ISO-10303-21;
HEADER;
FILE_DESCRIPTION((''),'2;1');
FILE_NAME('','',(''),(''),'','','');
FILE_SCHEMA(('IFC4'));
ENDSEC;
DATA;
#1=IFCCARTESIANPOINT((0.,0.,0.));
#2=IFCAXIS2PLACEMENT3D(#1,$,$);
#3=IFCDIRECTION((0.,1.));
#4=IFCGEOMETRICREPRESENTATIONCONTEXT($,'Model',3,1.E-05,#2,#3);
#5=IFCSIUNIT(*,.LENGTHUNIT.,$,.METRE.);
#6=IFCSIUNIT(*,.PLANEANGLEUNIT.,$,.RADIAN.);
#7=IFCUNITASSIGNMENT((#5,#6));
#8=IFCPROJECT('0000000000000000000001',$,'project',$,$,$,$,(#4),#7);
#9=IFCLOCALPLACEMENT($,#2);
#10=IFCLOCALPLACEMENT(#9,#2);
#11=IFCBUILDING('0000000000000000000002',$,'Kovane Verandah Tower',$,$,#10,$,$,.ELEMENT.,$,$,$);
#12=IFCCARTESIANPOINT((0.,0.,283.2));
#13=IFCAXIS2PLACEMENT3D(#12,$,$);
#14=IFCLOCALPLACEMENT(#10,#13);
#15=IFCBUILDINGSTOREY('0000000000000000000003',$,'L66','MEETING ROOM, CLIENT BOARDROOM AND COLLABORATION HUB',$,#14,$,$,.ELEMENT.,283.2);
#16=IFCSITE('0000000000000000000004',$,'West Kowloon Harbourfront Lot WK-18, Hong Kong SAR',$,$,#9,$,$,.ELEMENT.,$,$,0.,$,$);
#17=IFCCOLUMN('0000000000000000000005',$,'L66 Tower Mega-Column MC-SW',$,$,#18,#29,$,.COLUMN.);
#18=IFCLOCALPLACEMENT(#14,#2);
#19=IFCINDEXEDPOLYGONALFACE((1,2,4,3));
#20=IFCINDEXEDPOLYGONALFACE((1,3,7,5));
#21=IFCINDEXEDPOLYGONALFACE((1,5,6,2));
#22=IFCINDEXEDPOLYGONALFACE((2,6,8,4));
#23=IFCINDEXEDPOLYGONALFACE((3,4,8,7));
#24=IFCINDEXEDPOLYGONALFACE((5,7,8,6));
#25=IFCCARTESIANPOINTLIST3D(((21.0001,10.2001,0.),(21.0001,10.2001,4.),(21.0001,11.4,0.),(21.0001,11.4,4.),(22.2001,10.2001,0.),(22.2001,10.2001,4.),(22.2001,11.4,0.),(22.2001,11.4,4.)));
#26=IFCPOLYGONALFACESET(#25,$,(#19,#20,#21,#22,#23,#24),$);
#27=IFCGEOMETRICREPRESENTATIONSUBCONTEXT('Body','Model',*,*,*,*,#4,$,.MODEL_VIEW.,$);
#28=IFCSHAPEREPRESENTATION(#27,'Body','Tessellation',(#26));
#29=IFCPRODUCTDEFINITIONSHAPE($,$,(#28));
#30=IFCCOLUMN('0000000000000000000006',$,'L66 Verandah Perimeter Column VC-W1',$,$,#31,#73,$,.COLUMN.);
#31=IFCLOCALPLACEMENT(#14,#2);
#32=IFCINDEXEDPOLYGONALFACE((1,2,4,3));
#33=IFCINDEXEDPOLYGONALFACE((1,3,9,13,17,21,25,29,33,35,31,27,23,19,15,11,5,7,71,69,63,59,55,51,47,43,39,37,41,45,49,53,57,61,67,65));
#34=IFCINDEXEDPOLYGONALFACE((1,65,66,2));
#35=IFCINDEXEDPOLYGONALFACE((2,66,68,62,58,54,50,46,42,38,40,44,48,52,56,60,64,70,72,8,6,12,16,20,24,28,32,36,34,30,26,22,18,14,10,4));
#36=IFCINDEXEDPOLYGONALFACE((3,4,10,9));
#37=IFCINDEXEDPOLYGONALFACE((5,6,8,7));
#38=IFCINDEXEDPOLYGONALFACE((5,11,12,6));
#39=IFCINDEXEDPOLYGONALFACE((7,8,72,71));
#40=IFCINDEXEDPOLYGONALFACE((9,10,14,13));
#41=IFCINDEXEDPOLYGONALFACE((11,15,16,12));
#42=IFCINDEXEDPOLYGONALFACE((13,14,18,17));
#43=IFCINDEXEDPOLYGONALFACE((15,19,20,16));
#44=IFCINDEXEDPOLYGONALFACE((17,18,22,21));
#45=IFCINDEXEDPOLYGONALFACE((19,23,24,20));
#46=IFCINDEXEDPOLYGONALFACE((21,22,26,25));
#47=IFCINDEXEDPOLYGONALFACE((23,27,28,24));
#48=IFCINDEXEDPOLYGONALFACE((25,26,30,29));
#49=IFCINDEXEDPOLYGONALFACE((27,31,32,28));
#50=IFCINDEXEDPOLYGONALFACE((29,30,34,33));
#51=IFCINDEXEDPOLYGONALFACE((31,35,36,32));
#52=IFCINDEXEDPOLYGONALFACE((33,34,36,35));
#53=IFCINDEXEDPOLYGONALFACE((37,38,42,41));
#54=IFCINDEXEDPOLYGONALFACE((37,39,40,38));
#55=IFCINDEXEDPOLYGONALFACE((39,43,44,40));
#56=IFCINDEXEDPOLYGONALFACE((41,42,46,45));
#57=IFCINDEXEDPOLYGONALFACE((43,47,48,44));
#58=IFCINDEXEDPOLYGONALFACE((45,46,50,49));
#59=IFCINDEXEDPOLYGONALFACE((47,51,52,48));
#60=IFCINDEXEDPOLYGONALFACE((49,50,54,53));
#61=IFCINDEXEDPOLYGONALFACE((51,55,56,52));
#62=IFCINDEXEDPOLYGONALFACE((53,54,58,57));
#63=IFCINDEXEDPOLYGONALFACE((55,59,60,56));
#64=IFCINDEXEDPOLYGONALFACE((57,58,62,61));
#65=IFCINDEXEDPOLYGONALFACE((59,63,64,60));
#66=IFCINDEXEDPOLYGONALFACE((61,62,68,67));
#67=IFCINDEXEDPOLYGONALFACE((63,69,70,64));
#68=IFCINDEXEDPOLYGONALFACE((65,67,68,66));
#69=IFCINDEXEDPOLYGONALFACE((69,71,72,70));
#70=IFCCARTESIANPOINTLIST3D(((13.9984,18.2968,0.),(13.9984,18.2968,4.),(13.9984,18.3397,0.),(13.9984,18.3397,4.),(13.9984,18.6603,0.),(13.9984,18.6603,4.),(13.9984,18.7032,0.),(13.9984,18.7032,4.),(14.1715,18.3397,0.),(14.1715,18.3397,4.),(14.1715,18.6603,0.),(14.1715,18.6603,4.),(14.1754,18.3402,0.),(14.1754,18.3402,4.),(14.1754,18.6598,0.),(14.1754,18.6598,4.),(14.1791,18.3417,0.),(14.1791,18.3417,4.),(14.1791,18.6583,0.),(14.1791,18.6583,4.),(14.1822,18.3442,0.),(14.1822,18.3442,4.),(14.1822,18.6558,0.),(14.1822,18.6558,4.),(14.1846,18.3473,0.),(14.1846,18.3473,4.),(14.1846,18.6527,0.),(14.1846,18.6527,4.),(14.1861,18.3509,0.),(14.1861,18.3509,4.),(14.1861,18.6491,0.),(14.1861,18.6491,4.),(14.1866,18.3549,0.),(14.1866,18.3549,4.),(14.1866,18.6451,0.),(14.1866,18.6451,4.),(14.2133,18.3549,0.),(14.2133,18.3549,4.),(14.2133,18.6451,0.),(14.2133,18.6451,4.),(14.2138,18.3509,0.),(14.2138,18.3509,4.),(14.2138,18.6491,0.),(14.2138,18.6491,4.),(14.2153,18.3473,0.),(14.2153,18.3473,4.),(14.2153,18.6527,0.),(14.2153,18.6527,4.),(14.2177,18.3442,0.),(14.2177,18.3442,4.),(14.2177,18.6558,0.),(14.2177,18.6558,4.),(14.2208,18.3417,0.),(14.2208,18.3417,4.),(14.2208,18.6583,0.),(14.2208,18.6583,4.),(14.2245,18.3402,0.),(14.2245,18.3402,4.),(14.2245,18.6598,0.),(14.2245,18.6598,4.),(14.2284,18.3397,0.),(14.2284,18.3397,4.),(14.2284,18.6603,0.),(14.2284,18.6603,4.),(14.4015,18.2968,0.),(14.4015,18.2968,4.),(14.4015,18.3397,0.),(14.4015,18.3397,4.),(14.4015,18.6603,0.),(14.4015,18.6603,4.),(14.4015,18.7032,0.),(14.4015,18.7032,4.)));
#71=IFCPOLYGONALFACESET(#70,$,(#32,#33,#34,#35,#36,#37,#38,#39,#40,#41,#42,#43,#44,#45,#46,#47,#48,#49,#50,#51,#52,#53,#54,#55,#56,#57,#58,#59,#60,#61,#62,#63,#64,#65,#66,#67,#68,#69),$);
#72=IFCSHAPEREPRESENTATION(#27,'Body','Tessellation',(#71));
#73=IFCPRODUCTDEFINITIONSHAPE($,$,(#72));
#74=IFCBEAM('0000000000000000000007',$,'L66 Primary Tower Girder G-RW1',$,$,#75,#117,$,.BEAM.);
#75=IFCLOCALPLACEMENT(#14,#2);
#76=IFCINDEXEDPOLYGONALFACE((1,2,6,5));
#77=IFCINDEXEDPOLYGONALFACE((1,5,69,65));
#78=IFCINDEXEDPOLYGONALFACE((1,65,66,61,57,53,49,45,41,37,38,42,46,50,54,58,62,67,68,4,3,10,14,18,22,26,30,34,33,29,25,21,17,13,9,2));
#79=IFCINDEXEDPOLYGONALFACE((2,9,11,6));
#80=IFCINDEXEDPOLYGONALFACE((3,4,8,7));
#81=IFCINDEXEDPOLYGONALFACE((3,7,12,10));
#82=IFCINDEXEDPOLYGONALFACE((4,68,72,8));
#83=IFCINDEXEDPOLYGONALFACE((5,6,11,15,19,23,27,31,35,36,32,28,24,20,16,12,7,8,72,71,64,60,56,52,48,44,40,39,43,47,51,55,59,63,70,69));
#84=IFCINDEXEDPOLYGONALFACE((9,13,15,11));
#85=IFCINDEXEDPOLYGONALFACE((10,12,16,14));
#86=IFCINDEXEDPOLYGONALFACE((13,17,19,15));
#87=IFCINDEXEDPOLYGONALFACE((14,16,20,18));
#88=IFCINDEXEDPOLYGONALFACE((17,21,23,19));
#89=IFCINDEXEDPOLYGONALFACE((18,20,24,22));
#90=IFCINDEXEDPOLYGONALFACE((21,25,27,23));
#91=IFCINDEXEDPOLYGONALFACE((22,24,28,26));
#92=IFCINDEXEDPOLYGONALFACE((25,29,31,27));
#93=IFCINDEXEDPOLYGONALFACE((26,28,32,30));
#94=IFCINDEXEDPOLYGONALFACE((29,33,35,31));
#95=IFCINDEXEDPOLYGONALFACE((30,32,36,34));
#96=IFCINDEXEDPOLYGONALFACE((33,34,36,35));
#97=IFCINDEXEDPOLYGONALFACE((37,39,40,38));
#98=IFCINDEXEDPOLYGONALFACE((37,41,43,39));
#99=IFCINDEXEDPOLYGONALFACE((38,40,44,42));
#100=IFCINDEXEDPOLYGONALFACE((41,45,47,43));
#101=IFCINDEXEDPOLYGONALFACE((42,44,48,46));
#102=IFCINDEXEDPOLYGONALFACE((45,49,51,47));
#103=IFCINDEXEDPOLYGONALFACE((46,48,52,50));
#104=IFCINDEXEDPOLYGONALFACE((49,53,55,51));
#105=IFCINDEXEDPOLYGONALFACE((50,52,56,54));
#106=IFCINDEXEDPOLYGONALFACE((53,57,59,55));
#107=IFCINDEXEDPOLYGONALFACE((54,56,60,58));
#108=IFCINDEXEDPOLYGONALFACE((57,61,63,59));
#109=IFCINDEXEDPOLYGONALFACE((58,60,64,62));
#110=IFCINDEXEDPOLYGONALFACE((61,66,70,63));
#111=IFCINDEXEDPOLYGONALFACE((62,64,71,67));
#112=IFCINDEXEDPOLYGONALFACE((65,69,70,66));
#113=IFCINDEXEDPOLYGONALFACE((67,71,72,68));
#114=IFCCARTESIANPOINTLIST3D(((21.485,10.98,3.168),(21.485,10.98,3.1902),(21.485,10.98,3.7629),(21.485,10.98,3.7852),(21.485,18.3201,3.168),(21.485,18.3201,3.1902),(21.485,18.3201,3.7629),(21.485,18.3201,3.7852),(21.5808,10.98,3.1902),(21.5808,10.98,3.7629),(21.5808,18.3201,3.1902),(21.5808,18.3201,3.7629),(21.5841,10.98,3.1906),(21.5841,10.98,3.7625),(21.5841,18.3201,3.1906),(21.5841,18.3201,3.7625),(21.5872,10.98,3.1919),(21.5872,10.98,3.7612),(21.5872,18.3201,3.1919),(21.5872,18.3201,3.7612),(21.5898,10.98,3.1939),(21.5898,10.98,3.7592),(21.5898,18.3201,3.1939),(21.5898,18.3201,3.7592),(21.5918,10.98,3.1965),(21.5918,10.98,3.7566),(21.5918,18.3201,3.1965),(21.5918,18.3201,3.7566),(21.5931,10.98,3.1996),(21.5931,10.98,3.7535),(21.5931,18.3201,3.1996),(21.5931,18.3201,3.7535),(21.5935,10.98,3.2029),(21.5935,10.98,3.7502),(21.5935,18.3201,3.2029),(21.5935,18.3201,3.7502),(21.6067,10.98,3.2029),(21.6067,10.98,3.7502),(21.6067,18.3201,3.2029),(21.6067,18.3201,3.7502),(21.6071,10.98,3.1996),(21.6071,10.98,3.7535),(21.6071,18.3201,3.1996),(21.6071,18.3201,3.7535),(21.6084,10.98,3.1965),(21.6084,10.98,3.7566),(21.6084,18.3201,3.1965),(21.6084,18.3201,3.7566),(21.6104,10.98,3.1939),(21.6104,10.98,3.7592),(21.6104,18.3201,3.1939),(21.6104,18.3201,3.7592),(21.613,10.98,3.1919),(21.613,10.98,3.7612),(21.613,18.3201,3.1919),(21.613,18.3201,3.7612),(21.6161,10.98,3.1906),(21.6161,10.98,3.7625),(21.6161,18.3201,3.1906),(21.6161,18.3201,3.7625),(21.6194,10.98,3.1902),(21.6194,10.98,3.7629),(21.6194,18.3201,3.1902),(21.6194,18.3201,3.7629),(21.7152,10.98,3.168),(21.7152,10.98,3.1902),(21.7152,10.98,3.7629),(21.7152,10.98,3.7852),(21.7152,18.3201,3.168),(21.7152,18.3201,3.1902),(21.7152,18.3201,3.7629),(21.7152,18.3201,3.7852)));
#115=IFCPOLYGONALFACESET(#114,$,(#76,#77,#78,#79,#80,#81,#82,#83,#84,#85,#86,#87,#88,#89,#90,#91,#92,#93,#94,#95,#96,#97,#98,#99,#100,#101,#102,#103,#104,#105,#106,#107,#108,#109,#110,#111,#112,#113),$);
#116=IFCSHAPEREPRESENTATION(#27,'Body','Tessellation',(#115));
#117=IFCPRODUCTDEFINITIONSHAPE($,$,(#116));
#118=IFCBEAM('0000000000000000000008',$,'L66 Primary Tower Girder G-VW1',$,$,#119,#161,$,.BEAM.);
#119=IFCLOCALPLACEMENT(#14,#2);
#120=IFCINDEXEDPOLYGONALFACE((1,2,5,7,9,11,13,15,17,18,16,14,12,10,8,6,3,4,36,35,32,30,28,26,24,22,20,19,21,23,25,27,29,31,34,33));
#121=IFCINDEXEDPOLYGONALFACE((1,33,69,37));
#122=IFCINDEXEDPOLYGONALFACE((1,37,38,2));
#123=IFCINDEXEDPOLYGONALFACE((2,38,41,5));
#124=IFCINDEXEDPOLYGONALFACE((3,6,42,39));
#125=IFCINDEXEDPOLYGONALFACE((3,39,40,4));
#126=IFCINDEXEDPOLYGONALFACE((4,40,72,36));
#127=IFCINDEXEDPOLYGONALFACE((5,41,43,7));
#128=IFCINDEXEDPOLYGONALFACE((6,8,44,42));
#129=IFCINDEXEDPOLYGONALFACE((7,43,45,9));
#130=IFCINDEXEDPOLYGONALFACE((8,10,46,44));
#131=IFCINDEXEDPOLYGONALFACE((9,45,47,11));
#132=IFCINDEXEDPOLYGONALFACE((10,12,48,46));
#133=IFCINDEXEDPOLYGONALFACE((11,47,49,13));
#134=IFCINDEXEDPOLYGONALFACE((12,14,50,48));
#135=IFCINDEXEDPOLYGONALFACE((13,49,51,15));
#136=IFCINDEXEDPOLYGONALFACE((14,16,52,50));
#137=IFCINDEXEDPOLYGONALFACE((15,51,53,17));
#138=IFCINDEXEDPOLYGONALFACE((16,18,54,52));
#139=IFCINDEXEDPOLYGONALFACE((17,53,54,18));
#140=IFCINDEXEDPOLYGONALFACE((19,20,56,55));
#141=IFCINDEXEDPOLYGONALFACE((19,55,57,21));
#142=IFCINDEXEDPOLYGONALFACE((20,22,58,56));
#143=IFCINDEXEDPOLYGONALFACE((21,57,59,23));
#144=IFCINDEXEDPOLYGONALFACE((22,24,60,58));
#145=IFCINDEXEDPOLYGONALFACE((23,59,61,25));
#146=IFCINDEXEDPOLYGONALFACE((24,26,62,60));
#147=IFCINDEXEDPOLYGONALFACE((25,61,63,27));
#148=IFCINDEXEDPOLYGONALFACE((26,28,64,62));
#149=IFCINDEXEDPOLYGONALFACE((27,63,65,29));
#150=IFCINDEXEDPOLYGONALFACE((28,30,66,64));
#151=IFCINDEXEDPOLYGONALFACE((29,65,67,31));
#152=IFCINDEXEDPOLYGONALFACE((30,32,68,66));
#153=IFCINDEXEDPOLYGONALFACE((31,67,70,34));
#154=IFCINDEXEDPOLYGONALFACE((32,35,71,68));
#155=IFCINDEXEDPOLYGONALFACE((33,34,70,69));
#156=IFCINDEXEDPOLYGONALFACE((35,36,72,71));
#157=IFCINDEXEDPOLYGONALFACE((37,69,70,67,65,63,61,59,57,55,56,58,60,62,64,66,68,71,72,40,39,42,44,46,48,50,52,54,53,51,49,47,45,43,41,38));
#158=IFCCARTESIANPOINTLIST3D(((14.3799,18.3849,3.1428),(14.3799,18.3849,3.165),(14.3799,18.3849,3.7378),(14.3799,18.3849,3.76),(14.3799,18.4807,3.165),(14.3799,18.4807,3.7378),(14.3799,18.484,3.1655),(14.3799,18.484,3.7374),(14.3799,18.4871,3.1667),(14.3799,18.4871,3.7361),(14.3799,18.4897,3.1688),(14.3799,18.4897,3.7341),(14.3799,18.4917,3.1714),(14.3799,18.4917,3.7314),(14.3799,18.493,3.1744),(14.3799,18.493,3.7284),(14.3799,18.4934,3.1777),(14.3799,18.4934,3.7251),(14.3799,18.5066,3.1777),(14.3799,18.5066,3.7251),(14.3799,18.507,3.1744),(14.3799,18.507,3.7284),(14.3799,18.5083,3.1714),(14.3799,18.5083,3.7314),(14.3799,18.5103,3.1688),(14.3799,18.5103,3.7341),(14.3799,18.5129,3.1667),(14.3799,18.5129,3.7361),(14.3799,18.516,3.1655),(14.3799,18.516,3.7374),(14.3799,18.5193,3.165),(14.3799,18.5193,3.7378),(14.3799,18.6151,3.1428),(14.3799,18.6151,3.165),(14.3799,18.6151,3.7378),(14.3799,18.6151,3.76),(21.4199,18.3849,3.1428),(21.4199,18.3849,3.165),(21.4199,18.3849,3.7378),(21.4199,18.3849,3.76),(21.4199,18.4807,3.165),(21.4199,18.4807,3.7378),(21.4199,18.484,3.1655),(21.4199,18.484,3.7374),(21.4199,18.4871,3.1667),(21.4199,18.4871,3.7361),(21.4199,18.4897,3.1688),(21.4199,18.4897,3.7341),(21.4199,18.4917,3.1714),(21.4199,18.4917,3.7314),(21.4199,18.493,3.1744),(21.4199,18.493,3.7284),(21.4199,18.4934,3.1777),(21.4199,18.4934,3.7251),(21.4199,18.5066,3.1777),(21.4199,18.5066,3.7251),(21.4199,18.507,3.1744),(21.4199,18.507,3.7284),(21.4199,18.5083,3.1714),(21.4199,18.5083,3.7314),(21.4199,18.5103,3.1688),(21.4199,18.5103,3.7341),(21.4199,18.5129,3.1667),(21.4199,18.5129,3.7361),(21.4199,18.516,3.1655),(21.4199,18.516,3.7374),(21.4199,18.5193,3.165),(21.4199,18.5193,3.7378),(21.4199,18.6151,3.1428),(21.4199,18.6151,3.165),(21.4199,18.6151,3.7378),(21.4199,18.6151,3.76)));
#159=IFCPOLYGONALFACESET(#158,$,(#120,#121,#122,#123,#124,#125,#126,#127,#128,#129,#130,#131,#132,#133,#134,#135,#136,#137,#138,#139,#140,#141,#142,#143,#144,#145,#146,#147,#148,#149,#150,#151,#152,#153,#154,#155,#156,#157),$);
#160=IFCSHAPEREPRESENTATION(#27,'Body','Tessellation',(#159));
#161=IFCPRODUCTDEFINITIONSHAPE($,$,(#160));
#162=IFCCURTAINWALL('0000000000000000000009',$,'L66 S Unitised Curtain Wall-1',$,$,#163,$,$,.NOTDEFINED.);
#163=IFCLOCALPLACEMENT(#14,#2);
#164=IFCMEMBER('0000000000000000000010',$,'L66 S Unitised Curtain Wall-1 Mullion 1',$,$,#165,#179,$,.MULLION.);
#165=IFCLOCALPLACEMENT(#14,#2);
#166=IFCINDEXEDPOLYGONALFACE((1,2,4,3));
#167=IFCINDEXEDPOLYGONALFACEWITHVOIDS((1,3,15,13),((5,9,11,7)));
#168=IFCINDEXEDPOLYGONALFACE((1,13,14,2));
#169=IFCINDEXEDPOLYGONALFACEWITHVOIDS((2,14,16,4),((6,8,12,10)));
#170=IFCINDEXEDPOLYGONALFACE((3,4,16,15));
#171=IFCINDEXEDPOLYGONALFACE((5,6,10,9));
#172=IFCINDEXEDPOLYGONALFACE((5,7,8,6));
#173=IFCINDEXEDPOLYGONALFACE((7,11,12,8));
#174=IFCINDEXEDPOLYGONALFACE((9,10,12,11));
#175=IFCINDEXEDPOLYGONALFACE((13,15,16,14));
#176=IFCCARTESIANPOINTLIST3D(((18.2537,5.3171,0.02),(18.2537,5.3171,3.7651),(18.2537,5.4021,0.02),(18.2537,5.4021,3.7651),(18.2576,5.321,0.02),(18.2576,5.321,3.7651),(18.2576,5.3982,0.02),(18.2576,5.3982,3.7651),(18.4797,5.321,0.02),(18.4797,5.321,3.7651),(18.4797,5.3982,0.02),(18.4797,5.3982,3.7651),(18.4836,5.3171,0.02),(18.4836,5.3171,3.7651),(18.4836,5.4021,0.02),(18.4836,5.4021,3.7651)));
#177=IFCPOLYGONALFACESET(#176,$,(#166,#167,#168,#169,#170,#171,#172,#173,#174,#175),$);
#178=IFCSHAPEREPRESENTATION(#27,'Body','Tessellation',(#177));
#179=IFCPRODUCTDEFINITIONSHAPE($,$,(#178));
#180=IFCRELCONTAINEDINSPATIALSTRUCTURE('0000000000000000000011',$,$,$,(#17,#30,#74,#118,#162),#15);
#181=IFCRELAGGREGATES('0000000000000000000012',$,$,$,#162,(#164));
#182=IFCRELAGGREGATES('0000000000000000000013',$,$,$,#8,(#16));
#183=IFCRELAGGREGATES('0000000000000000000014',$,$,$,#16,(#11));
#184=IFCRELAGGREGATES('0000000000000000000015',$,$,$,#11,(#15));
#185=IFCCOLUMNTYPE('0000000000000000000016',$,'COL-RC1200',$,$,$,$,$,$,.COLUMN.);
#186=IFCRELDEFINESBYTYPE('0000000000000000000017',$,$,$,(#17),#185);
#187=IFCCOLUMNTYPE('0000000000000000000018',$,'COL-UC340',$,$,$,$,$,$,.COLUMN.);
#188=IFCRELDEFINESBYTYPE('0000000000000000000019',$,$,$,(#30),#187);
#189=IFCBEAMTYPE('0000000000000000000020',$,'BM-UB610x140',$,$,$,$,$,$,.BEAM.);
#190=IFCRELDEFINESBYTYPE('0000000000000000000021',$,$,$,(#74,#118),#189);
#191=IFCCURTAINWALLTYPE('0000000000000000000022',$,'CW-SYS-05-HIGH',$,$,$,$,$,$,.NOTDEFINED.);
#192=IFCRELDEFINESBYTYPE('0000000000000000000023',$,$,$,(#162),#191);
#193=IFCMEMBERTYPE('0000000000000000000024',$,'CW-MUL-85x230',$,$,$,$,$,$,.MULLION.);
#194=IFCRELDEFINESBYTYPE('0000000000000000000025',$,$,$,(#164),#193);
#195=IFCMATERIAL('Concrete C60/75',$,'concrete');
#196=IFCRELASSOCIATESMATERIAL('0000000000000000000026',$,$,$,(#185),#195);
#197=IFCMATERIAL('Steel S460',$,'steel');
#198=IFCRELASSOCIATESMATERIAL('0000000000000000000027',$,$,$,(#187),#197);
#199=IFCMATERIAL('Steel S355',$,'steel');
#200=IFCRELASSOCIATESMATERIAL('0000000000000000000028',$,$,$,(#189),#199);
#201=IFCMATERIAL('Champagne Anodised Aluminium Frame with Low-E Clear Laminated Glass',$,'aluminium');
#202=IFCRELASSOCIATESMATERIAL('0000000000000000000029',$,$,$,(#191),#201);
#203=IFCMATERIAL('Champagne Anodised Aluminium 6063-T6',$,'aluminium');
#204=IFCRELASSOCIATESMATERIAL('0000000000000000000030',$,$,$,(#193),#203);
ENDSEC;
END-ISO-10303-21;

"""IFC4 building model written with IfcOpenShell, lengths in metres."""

from ifc_helpers import new_model, si_unit, direction, frame, origin, origin_2d, place, context, subcontext, project, spatial, rectangle, hollow_rectangle, i_section, extrude, material, material_profile, profile_set, type_object, element, aggregate, save


model = new_model("IFC4")

# Units and contexts
model_context = context("Model", 3, precision=1e-05, world=origin(), true_north=direction((0.0, 1.0)))
body_context = subcontext(model_context, "Body", "Model", "MODEL_VIEW")
ifc_project = project(units=[si_unit("LENGTHUNIT", "METRE"), si_unit("PLANEANGLEUNIT", "RADIAN")], contexts=[model_context])

# Site, building, storey
site_placement = place(None, origin())
site = spatial("IfcSite", under=ifc_project, at=site_placement, Name="West Kowloon Harbourfront Lot WK-18, Hong Kong SAR", CompositionType="ELEMENT", RefElevation=0.0)
building_placement = place(site_placement, origin())
building = spatial("IfcBuilding", under=site, at=building_placement, Name="Kovane Verandah Tower", CompositionType="ELEMENT")
storey_placement = place(building_placement, frame((0.0, 0.0, 283.2)))
storey = spatial("IfcBuildingStorey", under=building, at=storey_placement, Name="L66", Description="MEETING ROOM, CLIENT BOARDROOM AND COLLABORATION HUB", CompositionType="ELEMENT", Elevation=283.2)

# Columns
ifc_material_1 = material(Name="Concrete C60/75", Category="concrete")
ifc_material_profile_1 = material_profile(ifc_material_1, rectangle(XDim=1.2, YDim=1.2, at=origin_2d()), Name="RC1200x1200")
ifc_profile_set_1 = profile_set([ifc_material_profile_1], Name="Concrete C60/75")
column_type_1 = type_object("IfcColumnType", Name="COL-RC1200", PredefinedType="COLUMN", material=ifc_profile_set_1)
column_1_placement = place(storey_placement, frame((21.6001, 10.8, 0.0), z_axis=(0.0, 0.0, 1.0), x_axis=(1.0, 0.0, 0.0)))
element("IfcColumn", 1, at=column_1_placement, inside=storey, type_object=column_type_1, Name="L66 Tower Mega-Column MC-SW", PredefinedType="COLUMN", context=body_context, shape_type="SweptSolid", body=[
    extrude(rectangle(XDim=1.2, YDim=1.2, at=origin_2d()), origin(), (0.0, 0.0, 1.0), 4.0),
])
ifc_material_2 = material(Name="Steel S460", Category="steel")
ifc_material_profile_2 = material_profile(ifc_material_2, i_section(OverallWidth=0.4031, OverallDepth=0.4065, WebThickness=0.0266, FlangeThickness=0.043, FilletRadius=0.0151, at=origin_2d()), Name="UC356x406x340")
ifc_profile_set_2 = profile_set([ifc_material_profile_2], Name="Steel S460")
column_type_2 = type_object("IfcColumnType", Name="COL-UC340", PredefinedType="COLUMN", material=ifc_profile_set_2)
column_2_placement = place(storey_placement, frame((14.2, 18.5, 0.0), z_axis=(0.0, 0.0, 1.0), x_axis=(1.0, 0.0, 0.0)))
element("IfcColumn", 2, at=column_2_placement, inside=storey, type_object=column_type_2, Name="L66 Verandah Perimeter Column VC-W1", PredefinedType="COLUMN", context=body_context, shape_type="SweptSolid", body=[
    extrude(i_section(OverallWidth=0.4031, OverallDepth=0.4065, WebThickness=0.0266, FlangeThickness=0.043, FilletRadius=0.0151, at=origin_2d()), origin(), (0.0, 0.0, 1.0), 4.0),
])

# Beams
ifc_material_3 = material(Name="Steel S355", Category="steel")
ifc_material_profile_3 = material_profile(ifc_material_3, i_section(OverallWidth=0.2302, OverallDepth=0.6172, WebThickness=0.0132, FlangeThickness=0.0222, FilletRadius=0.0127, at=origin_2d()), Name="UB610x229x140")
ifc_profile_set_3 = profile_set([ifc_material_profile_3], Name="Steel S355")
beam_type = type_object("IfcBeamType", Name="BM-UB610x140", PredefinedType="BEAM", material=ifc_profile_set_3)
beam_1_placement = place(storey_placement, frame((21.6001, 10.98, 3.4766), z_axis=(0.0, 1.0, 0.0), x_axis=(-1.0, 0.0, 0.0)))
element("IfcBeam", 3, at=beam_1_placement, inside=storey, type_object=beam_type, Name="L66 Primary Tower Girder G-RW1", PredefinedType="BEAM", context=body_context, shape_type="SweptSolid", body=[
    extrude(i_section(OverallWidth=0.2302, OverallDepth=0.6172, WebThickness=0.0132, FlangeThickness=0.0222, FilletRadius=0.0127, at=origin_2d()), origin(), (0.0, 0.0, 1.0), 7.3401),
])
beam_2_placement = place(storey_placement, frame((21.4199, 18.5, 3.4514), z_axis=(-1.0, 0.0, 0.0), x_axis=(0.0, -1.0, 0.0)))
element("IfcBeam", 4, at=beam_2_placement, inside=storey, type_object=beam_type, Name="L66 Primary Tower Girder G-VW1", PredefinedType="BEAM", context=body_context, shape_type="SweptSolid", body=[
    extrude(i_section(OverallWidth=0.2302, OverallDepth=0.6172, WebThickness=0.0132, FlangeThickness=0.0222, FilletRadius=0.0127, at=origin_2d()), origin(), (0.0, 0.0, 1.0), 7.04),
])

# Curtain wall, member
ifc_material_4 = material(Name="Champagne Anodised Aluminium Frame with Low-E Clear Laminated Glass", Category="aluminium")
curtain_wall_type = type_object("IfcCurtainWallType", Name="CW-SYS-05-HIGH", PredefinedType="NOTDEFINED", material=ifc_material_4)
curtain_wall_1_placement = place(storey_placement, origin())
curtain_wall_1 = element("IfcCurtainWall", 5, at=curtain_wall_1_placement, inside=storey, type_object=curtain_wall_type, Name="L66 S Unitised Curtain Wall-1", PredefinedType="NOTDEFINED")
ifc_material_5 = material(Name="Champagne Anodised Aluminium 6063-T6", Category="aluminium")
ifc_material_profile_4 = material_profile(ifc_material_5, hollow_rectangle(XDim=0.085, YDim=0.23, WallThickness=0.0039, at=origin_2d()), Name="AL85x230x4")
ifc_profile_set_4 = profile_set([ifc_material_profile_4], Name="Champagne Anodised Aluminium 6063-T6")
member_type_1 = type_object("IfcMemberType", Name="CW-MUL-85x230", PredefinedType="MULLION", material=ifc_profile_set_4)
member_1_placement = place(storey_placement, frame((18.3687, 5.3596, 0.02), z_axis=(0.0, 0.0, 1.0), x_axis=(0.0, -1.0, 0.0)))
member_1 = element("IfcMember", 6, at=member_1_placement, type_object=member_type_1, Name="L66 S Unitised Curtain Wall-1 Mullion 1", PredefinedType="MULLION", context=body_context, shape_type="SweptSolid", body=[
    extrude(hollow_rectangle(XDim=0.085, YDim=0.23, WallThickness=0.0039, at=origin_2d()), origin(), (0.0, 0.0, 1.0), 3.7451),
])

aggregate(curtain_wall_1, [member_1])

save(model, "model.ifc")
